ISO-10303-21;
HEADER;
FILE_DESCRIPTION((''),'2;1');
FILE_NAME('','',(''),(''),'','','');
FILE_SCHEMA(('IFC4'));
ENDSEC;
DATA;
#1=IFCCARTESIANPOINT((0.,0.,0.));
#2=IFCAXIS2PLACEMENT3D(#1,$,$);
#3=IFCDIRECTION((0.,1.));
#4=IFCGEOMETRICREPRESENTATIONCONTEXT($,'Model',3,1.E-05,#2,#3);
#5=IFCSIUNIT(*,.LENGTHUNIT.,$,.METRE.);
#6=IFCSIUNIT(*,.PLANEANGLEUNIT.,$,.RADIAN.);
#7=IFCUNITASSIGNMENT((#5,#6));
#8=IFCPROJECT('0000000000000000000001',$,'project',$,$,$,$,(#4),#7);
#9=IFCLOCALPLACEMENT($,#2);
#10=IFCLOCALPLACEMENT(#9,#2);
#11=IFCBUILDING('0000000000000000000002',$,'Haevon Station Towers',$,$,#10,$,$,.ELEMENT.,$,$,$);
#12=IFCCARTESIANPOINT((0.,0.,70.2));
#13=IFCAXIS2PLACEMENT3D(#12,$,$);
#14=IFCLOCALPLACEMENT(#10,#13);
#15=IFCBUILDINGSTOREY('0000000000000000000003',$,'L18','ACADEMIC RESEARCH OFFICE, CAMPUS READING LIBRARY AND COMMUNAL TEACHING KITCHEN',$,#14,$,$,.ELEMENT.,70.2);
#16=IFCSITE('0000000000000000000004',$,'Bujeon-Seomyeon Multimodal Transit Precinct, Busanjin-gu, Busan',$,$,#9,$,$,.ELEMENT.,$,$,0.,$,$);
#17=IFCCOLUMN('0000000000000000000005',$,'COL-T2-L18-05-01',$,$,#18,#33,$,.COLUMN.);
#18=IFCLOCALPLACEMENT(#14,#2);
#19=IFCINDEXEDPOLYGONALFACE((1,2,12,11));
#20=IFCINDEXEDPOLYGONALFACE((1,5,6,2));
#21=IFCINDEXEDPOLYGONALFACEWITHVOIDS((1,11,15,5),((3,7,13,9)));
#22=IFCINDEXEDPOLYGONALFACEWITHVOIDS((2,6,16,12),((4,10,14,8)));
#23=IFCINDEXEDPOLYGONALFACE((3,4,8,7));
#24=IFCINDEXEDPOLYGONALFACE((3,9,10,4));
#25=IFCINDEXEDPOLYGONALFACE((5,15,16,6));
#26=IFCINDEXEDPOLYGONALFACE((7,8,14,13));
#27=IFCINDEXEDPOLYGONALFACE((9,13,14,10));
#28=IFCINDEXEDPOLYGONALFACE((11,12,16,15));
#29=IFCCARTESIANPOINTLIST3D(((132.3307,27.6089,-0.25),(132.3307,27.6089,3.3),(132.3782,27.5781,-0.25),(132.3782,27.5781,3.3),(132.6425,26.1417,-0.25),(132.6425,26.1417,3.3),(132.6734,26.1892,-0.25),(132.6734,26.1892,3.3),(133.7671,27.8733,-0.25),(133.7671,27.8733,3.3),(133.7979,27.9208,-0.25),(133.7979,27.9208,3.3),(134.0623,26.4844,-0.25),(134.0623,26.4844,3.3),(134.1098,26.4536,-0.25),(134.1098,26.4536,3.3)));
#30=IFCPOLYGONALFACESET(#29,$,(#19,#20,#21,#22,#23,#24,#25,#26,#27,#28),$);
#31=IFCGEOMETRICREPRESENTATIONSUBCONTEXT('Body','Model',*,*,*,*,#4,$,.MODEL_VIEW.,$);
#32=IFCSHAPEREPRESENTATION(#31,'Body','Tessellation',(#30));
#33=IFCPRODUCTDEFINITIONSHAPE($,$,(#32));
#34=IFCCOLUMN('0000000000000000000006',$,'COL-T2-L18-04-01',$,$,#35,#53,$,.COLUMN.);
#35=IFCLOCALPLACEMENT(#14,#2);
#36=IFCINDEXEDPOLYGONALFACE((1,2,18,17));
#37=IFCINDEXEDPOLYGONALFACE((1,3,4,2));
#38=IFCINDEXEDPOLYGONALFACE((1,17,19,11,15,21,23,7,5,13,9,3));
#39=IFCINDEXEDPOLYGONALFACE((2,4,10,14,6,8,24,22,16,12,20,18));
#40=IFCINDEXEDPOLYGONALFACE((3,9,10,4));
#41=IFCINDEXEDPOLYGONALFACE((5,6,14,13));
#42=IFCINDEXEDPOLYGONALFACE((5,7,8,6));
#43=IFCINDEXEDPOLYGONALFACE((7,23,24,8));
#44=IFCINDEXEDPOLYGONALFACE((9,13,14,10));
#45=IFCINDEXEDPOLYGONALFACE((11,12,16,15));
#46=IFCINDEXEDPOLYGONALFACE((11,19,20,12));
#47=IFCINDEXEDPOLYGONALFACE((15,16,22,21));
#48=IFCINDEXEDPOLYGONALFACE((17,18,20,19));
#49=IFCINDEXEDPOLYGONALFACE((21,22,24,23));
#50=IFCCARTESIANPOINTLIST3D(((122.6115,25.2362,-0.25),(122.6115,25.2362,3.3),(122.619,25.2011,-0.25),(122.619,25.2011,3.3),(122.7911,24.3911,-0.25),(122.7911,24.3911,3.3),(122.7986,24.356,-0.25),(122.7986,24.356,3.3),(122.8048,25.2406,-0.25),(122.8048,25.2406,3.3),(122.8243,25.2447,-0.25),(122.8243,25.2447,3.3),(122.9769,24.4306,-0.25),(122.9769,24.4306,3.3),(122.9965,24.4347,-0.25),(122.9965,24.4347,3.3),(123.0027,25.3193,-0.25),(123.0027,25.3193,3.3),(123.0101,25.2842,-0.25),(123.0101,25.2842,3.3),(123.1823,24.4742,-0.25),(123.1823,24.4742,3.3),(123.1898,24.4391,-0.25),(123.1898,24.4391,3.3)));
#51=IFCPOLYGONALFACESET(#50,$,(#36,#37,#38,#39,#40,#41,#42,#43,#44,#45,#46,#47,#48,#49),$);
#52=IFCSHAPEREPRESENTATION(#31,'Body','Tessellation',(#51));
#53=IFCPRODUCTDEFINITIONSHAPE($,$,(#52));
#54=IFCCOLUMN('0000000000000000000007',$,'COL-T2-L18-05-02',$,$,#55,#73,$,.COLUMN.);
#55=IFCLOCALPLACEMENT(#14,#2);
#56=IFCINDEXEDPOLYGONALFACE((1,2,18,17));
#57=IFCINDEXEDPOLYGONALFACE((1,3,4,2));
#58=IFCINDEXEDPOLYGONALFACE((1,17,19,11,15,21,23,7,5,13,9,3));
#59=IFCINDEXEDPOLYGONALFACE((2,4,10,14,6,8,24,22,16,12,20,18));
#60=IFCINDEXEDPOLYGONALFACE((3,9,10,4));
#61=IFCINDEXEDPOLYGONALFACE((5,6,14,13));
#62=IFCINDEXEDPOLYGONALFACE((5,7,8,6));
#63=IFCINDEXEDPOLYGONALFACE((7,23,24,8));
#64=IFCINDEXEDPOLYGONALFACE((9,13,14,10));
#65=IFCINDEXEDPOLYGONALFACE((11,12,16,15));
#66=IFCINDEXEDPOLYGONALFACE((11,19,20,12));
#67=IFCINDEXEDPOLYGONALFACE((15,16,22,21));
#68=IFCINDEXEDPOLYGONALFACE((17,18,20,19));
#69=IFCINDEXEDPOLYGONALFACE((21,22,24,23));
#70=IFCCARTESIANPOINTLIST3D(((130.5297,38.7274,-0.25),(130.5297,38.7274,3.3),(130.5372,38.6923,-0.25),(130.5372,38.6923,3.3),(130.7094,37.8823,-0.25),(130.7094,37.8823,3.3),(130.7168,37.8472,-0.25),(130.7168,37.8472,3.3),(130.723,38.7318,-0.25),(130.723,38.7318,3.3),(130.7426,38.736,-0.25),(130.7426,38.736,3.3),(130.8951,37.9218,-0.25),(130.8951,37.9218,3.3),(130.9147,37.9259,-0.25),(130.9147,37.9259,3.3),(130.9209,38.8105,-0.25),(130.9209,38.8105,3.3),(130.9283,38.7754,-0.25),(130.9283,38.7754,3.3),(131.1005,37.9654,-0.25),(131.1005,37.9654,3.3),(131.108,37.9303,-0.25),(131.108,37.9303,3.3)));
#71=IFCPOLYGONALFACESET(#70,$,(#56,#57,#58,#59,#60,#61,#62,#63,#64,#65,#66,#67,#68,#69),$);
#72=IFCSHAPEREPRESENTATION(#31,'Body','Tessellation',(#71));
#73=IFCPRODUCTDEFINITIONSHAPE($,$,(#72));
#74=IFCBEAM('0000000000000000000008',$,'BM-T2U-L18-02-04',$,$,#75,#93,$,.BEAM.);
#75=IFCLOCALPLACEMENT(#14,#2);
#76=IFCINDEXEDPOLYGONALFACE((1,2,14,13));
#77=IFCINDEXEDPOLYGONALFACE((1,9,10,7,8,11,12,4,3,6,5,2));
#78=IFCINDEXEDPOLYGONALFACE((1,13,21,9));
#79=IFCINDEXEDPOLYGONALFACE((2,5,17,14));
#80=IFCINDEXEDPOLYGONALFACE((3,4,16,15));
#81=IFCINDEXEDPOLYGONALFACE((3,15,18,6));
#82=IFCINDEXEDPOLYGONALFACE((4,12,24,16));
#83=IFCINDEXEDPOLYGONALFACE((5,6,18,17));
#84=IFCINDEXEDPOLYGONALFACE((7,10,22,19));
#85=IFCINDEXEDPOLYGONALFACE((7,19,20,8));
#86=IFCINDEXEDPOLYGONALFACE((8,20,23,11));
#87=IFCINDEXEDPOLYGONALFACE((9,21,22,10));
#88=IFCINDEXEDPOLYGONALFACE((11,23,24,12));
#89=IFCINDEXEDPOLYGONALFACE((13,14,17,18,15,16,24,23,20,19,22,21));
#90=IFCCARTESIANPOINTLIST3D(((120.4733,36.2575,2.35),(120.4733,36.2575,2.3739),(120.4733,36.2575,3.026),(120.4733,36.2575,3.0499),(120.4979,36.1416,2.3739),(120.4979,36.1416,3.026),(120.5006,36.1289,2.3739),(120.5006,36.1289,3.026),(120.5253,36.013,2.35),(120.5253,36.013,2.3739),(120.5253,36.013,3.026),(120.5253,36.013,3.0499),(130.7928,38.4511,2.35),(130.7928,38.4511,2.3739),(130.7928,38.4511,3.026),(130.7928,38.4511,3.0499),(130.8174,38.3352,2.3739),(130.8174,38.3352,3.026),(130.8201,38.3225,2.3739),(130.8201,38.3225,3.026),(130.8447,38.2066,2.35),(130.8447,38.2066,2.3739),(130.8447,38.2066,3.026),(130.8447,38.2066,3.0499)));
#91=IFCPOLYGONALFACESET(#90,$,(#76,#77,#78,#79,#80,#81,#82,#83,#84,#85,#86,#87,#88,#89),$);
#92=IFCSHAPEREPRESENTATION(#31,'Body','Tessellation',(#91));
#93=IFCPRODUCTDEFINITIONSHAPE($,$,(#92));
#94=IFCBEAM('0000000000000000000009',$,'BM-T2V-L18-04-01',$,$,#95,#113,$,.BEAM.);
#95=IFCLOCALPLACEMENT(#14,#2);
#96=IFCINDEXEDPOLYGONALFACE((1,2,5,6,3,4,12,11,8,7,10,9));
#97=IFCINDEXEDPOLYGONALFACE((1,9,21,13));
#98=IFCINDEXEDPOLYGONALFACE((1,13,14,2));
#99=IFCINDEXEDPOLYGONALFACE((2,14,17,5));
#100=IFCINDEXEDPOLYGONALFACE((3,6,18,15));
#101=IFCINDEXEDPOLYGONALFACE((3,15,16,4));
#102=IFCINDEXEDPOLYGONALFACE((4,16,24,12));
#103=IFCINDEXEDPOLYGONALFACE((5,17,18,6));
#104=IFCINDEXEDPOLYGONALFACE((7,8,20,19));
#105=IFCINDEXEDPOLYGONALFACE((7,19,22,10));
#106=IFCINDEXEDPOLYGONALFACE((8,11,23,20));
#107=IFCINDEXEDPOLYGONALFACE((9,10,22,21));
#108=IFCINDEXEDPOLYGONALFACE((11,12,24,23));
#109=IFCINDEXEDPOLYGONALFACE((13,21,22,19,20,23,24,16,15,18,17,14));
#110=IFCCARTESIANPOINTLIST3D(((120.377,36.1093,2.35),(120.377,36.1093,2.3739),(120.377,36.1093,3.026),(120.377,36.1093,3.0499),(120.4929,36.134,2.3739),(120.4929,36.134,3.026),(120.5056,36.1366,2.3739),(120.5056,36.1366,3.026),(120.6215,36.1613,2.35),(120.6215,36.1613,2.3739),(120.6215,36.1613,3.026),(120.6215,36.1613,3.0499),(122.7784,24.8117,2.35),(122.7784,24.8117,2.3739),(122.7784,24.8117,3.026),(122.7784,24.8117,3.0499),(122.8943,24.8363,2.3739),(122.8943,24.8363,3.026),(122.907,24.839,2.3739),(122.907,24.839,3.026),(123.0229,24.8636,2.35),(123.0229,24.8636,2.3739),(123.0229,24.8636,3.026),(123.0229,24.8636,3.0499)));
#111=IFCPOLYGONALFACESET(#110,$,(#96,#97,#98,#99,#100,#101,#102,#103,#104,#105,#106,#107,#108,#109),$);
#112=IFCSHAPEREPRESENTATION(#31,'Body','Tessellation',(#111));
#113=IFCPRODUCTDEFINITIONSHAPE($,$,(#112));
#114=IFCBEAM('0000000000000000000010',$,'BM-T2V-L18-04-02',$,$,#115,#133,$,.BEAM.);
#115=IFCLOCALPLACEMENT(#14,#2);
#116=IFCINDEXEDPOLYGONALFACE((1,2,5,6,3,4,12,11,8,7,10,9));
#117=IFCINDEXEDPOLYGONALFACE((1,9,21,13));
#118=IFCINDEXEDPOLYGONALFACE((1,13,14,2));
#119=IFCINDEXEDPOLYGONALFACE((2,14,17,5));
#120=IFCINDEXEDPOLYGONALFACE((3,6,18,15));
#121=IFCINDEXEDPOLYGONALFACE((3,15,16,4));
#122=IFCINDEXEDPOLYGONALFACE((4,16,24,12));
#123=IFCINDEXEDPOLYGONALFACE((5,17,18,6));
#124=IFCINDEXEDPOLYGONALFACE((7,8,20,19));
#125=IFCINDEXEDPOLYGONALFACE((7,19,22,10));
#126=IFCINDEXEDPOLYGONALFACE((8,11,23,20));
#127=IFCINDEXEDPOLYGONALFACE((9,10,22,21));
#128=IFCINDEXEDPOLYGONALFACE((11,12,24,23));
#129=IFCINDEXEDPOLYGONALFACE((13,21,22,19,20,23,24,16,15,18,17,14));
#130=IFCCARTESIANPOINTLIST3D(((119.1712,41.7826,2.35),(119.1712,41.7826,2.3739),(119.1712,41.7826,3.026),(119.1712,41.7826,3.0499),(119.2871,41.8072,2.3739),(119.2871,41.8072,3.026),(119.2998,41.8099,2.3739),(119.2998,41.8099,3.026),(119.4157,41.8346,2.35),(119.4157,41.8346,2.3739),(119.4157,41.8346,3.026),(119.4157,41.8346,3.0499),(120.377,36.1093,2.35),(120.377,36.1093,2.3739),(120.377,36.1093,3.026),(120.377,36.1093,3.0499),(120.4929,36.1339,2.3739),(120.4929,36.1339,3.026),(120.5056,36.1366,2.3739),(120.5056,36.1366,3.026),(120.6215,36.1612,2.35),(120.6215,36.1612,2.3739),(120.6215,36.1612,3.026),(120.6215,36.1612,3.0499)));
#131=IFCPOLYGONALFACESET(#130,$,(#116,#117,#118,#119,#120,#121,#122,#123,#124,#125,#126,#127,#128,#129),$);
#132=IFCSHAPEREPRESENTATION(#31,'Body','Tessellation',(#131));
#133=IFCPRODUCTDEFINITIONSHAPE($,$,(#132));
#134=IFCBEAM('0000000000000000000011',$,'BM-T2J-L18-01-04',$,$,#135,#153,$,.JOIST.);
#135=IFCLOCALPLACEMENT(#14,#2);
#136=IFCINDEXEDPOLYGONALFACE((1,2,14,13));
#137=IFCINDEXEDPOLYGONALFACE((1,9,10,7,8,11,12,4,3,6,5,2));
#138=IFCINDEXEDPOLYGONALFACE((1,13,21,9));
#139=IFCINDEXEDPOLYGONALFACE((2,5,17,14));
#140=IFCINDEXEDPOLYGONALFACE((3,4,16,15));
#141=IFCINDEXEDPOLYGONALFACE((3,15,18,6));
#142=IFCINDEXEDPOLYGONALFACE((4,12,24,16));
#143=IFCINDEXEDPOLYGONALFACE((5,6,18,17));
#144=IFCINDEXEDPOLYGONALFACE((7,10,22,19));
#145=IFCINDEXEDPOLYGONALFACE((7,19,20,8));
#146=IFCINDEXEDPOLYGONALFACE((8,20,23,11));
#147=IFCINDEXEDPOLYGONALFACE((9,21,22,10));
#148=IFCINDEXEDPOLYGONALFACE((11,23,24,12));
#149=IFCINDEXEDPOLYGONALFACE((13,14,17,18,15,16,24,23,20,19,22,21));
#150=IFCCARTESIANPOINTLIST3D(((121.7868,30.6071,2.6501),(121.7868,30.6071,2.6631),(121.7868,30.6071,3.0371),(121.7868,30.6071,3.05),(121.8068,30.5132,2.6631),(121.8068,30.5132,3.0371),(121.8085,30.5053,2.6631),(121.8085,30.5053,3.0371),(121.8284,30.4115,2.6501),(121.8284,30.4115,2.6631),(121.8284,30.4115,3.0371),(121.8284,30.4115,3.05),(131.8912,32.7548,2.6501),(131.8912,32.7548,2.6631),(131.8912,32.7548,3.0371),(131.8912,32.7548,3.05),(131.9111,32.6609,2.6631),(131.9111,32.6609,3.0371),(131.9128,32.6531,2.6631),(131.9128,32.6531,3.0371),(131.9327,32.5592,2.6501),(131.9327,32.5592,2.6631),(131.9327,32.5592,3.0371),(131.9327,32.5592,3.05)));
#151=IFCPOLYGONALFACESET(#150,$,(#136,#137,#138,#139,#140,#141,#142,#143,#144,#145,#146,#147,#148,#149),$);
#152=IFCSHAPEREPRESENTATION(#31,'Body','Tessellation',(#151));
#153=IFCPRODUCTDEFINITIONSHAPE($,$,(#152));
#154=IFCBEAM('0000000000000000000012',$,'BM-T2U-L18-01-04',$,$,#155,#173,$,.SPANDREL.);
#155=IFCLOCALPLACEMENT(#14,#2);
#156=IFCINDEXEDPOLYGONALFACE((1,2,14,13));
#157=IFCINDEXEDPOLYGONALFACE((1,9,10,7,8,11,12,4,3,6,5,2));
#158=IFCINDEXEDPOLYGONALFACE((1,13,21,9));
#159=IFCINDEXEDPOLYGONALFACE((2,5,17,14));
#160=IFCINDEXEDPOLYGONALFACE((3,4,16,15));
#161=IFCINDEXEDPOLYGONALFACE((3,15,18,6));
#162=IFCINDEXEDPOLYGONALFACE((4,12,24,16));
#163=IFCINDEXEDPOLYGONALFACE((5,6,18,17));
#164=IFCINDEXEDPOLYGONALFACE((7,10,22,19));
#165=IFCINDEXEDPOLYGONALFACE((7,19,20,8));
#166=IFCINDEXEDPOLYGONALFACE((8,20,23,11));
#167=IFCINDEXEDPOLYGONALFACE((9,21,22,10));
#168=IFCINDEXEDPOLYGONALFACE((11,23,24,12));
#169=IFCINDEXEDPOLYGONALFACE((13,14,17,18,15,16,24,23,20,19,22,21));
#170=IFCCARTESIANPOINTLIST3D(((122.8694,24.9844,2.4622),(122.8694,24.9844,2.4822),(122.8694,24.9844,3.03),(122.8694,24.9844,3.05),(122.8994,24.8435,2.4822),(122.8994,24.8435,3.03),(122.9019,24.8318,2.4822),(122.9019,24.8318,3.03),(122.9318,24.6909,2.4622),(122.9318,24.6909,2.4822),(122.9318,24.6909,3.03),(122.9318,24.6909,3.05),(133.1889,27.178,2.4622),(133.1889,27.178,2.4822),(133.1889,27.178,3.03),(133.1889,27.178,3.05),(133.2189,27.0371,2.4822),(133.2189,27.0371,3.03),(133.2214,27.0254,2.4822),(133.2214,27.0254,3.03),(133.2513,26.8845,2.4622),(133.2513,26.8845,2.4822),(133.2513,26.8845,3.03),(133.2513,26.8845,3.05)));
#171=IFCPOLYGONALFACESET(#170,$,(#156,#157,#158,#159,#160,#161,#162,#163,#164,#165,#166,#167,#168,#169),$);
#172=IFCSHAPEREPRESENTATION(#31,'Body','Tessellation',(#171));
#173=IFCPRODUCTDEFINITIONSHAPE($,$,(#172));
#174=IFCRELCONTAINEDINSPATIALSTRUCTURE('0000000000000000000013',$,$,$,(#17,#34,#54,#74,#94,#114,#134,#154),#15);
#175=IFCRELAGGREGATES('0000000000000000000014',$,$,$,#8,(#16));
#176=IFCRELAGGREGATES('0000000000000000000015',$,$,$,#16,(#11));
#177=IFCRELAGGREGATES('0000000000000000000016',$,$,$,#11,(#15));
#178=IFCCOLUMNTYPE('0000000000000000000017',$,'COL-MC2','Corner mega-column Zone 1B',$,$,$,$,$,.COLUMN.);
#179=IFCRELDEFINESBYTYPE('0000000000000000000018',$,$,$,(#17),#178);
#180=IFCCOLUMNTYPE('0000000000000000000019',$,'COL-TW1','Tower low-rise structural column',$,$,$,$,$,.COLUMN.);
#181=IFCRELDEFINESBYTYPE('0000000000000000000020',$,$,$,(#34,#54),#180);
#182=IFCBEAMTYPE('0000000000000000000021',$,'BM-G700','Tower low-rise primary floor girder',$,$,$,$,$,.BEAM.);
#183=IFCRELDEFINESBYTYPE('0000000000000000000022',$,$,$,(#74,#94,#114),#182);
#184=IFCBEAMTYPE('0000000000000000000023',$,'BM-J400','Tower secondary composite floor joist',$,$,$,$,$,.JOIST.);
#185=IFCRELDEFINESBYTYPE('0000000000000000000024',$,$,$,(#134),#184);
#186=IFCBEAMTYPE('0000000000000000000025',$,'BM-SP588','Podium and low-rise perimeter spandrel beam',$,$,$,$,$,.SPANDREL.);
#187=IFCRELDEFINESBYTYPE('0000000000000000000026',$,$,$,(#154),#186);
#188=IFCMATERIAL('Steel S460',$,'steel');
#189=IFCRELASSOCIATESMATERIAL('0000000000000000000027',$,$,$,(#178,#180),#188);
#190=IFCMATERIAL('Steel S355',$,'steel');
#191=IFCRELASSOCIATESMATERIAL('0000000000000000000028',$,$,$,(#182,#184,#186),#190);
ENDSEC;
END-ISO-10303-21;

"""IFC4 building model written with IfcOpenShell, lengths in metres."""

from ifc_helpers import new_model, si_unit, direction, frame, origin, origin_2d, place, context, subcontext, project, spatial, hollow_rectangle, i_section, extrude, material, material_profile, profile_set, type_object, element, save


model = new_model("IFC4")

# Units and contexts
model_context = context("Model", 3, precision=1e-05, world=origin(), true_north=direction((0.0, 1.0)))
body_context = subcontext(model_context, "Body", "Model", "MODEL_VIEW")
ifc_project = project(units=[si_unit("LENGTHUNIT", "METRE"), si_unit("PLANEANGLEUNIT", "RADIAN")], contexts=[model_context])

# Site, building, storey
site_placement = place(None, origin())
site = spatial("IfcSite", under=ifc_project, at=site_placement, Name="Bujeon-Seomyeon Multimodal Transit Precinct, Busanjin-gu, Busan", CompositionType="ELEMENT", RefElevation=0.0)
building_placement = place(site_placement, origin())
building = spatial("IfcBuilding", under=site, at=building_placement, Name="Haevon Station Towers", CompositionType="ELEMENT")
storey_placement = place(building_placement, frame((0.0, 0.0, 70.2)))
storey = spatial("IfcBuildingStorey", under=building, at=storey_placement, Name="L18", Description="ACADEMIC RESEARCH OFFICE, CAMPUS READING LIBRARY AND COMMUNAL TEACHING KITCHEN", CompositionType="ELEMENT", Elevation=70.2)

# Columns
ifc_material_1 = material(Name="Steel S460", Category="steel")
ifc_material_profile_1 = material_profile(ifc_material_1, hollow_rectangle(XDim=1.5, YDim=1.5, WallThickness=0.04, at=origin_2d()), Name="BOX-1500x1500x40")
ifc_profile_set_1 = profile_set([ifc_material_profile_1], Name="Steel S460")
column_type_1 = type_object("IfcColumnType", Name="COL-MC2", Description="Corner mega-column Zone 1B", PredefinedType="COLUMN", material=ifc_profile_set_1)
column_placement = place(storey_placement, frame((133.2202, 27.0312, -0.25), z_axis=(0.0, 0.0, 1.0), x_axis=(0.978148, 0.207912, 0.0)))
element("IfcColumn", 1, at=column_placement, inside=storey, type_object=column_type_1, Name="COL-T2-L18-05-01", PredefinedType="COLUMN", context=body_context, shape_type="SweptSolid", body=[
    extrude(hollow_rectangle(XDim=1.5, YDim=1.5, WallThickness=0.04, at=origin_2d()), origin(), (0.0, 0.0, 1.0), 3.55),
])
ifc_material_profile_2 = material_profile(ifc_material_1, i_section(OverallWidth=0.3999, OverallDepth=0.8999, WebThickness=0.02, FlangeThickness=0.0359, at=origin_2d()), Name="H-900x400x20x36")
ifc_profile_set_2 = profile_set([ifc_material_profile_2], Name="Steel S460")
column_type_2 = type_object("IfcColumnType", Name="COL-TW1", Description="Tower low-rise structural column", PredefinedType="COLUMN", material=ifc_profile_set_2)
for number, where, z_axis, x_axis, name in (
    (2, (122.9006, 24.8376, -0.25), (0.0, 0.0, 1.0), (0.978148, 0.207912, 0.0), "COL-T2-L18-04-01"),
    (3, (130.8188, 38.3289, -0.25), (0.0, 0.0, 1.0), (0.978148, 0.207912, 0.0), "COL-T2-L18-05-02"),
):
    element("IfcColumn", number, at=place(storey_placement, frame(where, z_axis=z_axis, x_axis=x_axis)), inside=storey, type_object=column_type_2, Name=name, PredefinedType="COLUMN", context=body_context, shape_type="SweptSolid", body=[
        extrude(i_section(OverallWidth=0.3999, OverallDepth=0.8999, WebThickness=0.02, FlangeThickness=0.0359, at=origin_2d()), origin(), (0.0, 0.0, 1.0), 3.55),
    ])

# Beams
ifc_material_2 = material(Name="Steel S355", Category="steel")
ifc_material_profile_3 = material_profile(ifc_material_2, i_section(OverallWidth=0.25, OverallDepth=0.7, WebThickness=0.0129, FlangeThickness=0.0239, at=origin_2d()), Name="H-700x250x13x24")
ifc_profile_set_3 = profile_set([ifc_material_profile_3], Name="Steel S355")
beam_type_1 = type_object("IfcBeamType", Name="BM-G700", Description="Tower low-rise primary floor girder", PredefinedType="BEAM", material=ifc_profile_set_3)
beam_1_placement = place(storey_placement, frame((120.4993, 36.1353, 2.7), z_axis=(0.978145, 0.207922, 0.0), x_axis=(-0.207922, 0.978145, 0.0)))
element("IfcBeam", 4, at=beam_1_placement, inside=storey, type_object=beam_type_1, Name="BM-T2U-L18-02-04", PredefinedType="BEAM", context=body_context, shape_type="SweptSolid", body=[
    extrude(i_section(OverallWidth=0.25, OverallDepth=0.7, WebThickness=0.0129, FlangeThickness=0.0239, at=origin_2d()), origin(), (0.0, 0.0, 1.0), 10.55),
])
beam_2_placement = place(storey_placement, frame((122.9006, 24.8376, 2.7), z_axis=(-0.207911, 0.978148, 0.0), x_axis=(-0.978148, -0.207911, 0.0)))
element("IfcBeam", 5, at=beam_2_placement, inside=storey, type_object=beam_type_1, Name="BM-T2V-L18-04-01", PredefinedType="BEAM", context=body_context, shape_type="SweptSolid", body=[
    extrude(i_section(OverallWidth=0.25, OverallDepth=0.7, WebThickness=0.0129, FlangeThickness=0.0239, at=origin_2d()), origin(), (0.0, 0.0, 1.0), 11.55),
])
beam_3_placement = place(storey_placement, frame((120.4993, 36.1353, 2.7), z_axis=(-0.207896, 0.978151, 0.0), x_axis=(-0.978151, -0.207896, 0.0)))
element("IfcBeam", 6, at=beam_3_placement, inside=storey, type_object=beam_type_1, Name="BM-T2V-L18-04-02", PredefinedType="BEAM", context=body_context, shape_type="SweptSolid", body=[
    extrude(i_section(OverallWidth=0.25, OverallDepth=0.7, WebThickness=0.0129, FlangeThickness=0.0239, at=origin_2d()), origin(), (0.0, 0.0, 1.0), 5.8),
])
ifc_material_profile_4 = material_profile(ifc_material_2, i_section(OverallWidth=0.2, OverallDepth=0.3999, WebThickness=0.0081, FlangeThickness=0.0129, at=origin_2d()), Name="H-400x200x8x13")
ifc_profile_set_4 = profile_set([ifc_material_profile_4], Name="Steel S355")
beam_type_2 = type_object("IfcBeamType", Name="BM-J400", Description="Tower secondary composite floor joist", PredefinedType="JOIST", material=ifc_profile_set_4)
beam_4_placement = place(storey_placement, frame((121.8076, 30.5093, 2.8501), z_axis=(0.978148, 0.20791, 0.0), x_axis=(-0.20791, 0.978148, 0.0)))
element("IfcBeam", 7, at=beam_4_placement, inside=storey, type_object=beam_type_2, Name="BM-T2J-L18-01-04", PredefinedType="JOIST", context=body_context, shape_type="SweptSolid", body=[
    extrude(i_section(OverallWidth=0.2, OverallDepth=0.3999, WebThickness=0.0081, FlangeThickness=0.0129, at=origin_2d()), origin(), (0.0, 0.0, 1.0), 10.3301),
])
ifc_material_profile_5 = material_profile(ifc_material_2, i_section(OverallWidth=0.3, OverallDepth=0.5879, WebThickness=0.012, FlangeThickness=0.02, at=origin_2d()), Name="H-588x300x12x20")
ifc_profile_set_5 = profile_set([ifc_material_profile_5], Name="Steel S355")
beam_type_3 = type_object("IfcBeamType", Name="BM-SP588", Description="Podium and low-rise perimeter spandrel beam", PredefinedType="SPANDREL", material=ifc_profile_set_5)
beam_5_placement = place(storey_placement, frame((122.9006, 24.8376, 2.7561), z_axis=(0.978145, 0.207922, 0.0), x_axis=(-0.207922, 0.978145, 0.0)))
element("IfcBeam", 8, at=beam_5_placement, inside=storey, type_object=beam_type_3, Name="BM-T2U-L18-01-04", PredefinedType="SPANDREL", context=body_context, shape_type="SweptSolid", body=[
    extrude(i_section(OverallWidth=0.3, OverallDepth=0.5879, WebThickness=0.012, FlangeThickness=0.02, at=origin_2d()), origin(), (0.0, 0.0, 1.0), 10.55),
])

save(model, "model.ifc")
